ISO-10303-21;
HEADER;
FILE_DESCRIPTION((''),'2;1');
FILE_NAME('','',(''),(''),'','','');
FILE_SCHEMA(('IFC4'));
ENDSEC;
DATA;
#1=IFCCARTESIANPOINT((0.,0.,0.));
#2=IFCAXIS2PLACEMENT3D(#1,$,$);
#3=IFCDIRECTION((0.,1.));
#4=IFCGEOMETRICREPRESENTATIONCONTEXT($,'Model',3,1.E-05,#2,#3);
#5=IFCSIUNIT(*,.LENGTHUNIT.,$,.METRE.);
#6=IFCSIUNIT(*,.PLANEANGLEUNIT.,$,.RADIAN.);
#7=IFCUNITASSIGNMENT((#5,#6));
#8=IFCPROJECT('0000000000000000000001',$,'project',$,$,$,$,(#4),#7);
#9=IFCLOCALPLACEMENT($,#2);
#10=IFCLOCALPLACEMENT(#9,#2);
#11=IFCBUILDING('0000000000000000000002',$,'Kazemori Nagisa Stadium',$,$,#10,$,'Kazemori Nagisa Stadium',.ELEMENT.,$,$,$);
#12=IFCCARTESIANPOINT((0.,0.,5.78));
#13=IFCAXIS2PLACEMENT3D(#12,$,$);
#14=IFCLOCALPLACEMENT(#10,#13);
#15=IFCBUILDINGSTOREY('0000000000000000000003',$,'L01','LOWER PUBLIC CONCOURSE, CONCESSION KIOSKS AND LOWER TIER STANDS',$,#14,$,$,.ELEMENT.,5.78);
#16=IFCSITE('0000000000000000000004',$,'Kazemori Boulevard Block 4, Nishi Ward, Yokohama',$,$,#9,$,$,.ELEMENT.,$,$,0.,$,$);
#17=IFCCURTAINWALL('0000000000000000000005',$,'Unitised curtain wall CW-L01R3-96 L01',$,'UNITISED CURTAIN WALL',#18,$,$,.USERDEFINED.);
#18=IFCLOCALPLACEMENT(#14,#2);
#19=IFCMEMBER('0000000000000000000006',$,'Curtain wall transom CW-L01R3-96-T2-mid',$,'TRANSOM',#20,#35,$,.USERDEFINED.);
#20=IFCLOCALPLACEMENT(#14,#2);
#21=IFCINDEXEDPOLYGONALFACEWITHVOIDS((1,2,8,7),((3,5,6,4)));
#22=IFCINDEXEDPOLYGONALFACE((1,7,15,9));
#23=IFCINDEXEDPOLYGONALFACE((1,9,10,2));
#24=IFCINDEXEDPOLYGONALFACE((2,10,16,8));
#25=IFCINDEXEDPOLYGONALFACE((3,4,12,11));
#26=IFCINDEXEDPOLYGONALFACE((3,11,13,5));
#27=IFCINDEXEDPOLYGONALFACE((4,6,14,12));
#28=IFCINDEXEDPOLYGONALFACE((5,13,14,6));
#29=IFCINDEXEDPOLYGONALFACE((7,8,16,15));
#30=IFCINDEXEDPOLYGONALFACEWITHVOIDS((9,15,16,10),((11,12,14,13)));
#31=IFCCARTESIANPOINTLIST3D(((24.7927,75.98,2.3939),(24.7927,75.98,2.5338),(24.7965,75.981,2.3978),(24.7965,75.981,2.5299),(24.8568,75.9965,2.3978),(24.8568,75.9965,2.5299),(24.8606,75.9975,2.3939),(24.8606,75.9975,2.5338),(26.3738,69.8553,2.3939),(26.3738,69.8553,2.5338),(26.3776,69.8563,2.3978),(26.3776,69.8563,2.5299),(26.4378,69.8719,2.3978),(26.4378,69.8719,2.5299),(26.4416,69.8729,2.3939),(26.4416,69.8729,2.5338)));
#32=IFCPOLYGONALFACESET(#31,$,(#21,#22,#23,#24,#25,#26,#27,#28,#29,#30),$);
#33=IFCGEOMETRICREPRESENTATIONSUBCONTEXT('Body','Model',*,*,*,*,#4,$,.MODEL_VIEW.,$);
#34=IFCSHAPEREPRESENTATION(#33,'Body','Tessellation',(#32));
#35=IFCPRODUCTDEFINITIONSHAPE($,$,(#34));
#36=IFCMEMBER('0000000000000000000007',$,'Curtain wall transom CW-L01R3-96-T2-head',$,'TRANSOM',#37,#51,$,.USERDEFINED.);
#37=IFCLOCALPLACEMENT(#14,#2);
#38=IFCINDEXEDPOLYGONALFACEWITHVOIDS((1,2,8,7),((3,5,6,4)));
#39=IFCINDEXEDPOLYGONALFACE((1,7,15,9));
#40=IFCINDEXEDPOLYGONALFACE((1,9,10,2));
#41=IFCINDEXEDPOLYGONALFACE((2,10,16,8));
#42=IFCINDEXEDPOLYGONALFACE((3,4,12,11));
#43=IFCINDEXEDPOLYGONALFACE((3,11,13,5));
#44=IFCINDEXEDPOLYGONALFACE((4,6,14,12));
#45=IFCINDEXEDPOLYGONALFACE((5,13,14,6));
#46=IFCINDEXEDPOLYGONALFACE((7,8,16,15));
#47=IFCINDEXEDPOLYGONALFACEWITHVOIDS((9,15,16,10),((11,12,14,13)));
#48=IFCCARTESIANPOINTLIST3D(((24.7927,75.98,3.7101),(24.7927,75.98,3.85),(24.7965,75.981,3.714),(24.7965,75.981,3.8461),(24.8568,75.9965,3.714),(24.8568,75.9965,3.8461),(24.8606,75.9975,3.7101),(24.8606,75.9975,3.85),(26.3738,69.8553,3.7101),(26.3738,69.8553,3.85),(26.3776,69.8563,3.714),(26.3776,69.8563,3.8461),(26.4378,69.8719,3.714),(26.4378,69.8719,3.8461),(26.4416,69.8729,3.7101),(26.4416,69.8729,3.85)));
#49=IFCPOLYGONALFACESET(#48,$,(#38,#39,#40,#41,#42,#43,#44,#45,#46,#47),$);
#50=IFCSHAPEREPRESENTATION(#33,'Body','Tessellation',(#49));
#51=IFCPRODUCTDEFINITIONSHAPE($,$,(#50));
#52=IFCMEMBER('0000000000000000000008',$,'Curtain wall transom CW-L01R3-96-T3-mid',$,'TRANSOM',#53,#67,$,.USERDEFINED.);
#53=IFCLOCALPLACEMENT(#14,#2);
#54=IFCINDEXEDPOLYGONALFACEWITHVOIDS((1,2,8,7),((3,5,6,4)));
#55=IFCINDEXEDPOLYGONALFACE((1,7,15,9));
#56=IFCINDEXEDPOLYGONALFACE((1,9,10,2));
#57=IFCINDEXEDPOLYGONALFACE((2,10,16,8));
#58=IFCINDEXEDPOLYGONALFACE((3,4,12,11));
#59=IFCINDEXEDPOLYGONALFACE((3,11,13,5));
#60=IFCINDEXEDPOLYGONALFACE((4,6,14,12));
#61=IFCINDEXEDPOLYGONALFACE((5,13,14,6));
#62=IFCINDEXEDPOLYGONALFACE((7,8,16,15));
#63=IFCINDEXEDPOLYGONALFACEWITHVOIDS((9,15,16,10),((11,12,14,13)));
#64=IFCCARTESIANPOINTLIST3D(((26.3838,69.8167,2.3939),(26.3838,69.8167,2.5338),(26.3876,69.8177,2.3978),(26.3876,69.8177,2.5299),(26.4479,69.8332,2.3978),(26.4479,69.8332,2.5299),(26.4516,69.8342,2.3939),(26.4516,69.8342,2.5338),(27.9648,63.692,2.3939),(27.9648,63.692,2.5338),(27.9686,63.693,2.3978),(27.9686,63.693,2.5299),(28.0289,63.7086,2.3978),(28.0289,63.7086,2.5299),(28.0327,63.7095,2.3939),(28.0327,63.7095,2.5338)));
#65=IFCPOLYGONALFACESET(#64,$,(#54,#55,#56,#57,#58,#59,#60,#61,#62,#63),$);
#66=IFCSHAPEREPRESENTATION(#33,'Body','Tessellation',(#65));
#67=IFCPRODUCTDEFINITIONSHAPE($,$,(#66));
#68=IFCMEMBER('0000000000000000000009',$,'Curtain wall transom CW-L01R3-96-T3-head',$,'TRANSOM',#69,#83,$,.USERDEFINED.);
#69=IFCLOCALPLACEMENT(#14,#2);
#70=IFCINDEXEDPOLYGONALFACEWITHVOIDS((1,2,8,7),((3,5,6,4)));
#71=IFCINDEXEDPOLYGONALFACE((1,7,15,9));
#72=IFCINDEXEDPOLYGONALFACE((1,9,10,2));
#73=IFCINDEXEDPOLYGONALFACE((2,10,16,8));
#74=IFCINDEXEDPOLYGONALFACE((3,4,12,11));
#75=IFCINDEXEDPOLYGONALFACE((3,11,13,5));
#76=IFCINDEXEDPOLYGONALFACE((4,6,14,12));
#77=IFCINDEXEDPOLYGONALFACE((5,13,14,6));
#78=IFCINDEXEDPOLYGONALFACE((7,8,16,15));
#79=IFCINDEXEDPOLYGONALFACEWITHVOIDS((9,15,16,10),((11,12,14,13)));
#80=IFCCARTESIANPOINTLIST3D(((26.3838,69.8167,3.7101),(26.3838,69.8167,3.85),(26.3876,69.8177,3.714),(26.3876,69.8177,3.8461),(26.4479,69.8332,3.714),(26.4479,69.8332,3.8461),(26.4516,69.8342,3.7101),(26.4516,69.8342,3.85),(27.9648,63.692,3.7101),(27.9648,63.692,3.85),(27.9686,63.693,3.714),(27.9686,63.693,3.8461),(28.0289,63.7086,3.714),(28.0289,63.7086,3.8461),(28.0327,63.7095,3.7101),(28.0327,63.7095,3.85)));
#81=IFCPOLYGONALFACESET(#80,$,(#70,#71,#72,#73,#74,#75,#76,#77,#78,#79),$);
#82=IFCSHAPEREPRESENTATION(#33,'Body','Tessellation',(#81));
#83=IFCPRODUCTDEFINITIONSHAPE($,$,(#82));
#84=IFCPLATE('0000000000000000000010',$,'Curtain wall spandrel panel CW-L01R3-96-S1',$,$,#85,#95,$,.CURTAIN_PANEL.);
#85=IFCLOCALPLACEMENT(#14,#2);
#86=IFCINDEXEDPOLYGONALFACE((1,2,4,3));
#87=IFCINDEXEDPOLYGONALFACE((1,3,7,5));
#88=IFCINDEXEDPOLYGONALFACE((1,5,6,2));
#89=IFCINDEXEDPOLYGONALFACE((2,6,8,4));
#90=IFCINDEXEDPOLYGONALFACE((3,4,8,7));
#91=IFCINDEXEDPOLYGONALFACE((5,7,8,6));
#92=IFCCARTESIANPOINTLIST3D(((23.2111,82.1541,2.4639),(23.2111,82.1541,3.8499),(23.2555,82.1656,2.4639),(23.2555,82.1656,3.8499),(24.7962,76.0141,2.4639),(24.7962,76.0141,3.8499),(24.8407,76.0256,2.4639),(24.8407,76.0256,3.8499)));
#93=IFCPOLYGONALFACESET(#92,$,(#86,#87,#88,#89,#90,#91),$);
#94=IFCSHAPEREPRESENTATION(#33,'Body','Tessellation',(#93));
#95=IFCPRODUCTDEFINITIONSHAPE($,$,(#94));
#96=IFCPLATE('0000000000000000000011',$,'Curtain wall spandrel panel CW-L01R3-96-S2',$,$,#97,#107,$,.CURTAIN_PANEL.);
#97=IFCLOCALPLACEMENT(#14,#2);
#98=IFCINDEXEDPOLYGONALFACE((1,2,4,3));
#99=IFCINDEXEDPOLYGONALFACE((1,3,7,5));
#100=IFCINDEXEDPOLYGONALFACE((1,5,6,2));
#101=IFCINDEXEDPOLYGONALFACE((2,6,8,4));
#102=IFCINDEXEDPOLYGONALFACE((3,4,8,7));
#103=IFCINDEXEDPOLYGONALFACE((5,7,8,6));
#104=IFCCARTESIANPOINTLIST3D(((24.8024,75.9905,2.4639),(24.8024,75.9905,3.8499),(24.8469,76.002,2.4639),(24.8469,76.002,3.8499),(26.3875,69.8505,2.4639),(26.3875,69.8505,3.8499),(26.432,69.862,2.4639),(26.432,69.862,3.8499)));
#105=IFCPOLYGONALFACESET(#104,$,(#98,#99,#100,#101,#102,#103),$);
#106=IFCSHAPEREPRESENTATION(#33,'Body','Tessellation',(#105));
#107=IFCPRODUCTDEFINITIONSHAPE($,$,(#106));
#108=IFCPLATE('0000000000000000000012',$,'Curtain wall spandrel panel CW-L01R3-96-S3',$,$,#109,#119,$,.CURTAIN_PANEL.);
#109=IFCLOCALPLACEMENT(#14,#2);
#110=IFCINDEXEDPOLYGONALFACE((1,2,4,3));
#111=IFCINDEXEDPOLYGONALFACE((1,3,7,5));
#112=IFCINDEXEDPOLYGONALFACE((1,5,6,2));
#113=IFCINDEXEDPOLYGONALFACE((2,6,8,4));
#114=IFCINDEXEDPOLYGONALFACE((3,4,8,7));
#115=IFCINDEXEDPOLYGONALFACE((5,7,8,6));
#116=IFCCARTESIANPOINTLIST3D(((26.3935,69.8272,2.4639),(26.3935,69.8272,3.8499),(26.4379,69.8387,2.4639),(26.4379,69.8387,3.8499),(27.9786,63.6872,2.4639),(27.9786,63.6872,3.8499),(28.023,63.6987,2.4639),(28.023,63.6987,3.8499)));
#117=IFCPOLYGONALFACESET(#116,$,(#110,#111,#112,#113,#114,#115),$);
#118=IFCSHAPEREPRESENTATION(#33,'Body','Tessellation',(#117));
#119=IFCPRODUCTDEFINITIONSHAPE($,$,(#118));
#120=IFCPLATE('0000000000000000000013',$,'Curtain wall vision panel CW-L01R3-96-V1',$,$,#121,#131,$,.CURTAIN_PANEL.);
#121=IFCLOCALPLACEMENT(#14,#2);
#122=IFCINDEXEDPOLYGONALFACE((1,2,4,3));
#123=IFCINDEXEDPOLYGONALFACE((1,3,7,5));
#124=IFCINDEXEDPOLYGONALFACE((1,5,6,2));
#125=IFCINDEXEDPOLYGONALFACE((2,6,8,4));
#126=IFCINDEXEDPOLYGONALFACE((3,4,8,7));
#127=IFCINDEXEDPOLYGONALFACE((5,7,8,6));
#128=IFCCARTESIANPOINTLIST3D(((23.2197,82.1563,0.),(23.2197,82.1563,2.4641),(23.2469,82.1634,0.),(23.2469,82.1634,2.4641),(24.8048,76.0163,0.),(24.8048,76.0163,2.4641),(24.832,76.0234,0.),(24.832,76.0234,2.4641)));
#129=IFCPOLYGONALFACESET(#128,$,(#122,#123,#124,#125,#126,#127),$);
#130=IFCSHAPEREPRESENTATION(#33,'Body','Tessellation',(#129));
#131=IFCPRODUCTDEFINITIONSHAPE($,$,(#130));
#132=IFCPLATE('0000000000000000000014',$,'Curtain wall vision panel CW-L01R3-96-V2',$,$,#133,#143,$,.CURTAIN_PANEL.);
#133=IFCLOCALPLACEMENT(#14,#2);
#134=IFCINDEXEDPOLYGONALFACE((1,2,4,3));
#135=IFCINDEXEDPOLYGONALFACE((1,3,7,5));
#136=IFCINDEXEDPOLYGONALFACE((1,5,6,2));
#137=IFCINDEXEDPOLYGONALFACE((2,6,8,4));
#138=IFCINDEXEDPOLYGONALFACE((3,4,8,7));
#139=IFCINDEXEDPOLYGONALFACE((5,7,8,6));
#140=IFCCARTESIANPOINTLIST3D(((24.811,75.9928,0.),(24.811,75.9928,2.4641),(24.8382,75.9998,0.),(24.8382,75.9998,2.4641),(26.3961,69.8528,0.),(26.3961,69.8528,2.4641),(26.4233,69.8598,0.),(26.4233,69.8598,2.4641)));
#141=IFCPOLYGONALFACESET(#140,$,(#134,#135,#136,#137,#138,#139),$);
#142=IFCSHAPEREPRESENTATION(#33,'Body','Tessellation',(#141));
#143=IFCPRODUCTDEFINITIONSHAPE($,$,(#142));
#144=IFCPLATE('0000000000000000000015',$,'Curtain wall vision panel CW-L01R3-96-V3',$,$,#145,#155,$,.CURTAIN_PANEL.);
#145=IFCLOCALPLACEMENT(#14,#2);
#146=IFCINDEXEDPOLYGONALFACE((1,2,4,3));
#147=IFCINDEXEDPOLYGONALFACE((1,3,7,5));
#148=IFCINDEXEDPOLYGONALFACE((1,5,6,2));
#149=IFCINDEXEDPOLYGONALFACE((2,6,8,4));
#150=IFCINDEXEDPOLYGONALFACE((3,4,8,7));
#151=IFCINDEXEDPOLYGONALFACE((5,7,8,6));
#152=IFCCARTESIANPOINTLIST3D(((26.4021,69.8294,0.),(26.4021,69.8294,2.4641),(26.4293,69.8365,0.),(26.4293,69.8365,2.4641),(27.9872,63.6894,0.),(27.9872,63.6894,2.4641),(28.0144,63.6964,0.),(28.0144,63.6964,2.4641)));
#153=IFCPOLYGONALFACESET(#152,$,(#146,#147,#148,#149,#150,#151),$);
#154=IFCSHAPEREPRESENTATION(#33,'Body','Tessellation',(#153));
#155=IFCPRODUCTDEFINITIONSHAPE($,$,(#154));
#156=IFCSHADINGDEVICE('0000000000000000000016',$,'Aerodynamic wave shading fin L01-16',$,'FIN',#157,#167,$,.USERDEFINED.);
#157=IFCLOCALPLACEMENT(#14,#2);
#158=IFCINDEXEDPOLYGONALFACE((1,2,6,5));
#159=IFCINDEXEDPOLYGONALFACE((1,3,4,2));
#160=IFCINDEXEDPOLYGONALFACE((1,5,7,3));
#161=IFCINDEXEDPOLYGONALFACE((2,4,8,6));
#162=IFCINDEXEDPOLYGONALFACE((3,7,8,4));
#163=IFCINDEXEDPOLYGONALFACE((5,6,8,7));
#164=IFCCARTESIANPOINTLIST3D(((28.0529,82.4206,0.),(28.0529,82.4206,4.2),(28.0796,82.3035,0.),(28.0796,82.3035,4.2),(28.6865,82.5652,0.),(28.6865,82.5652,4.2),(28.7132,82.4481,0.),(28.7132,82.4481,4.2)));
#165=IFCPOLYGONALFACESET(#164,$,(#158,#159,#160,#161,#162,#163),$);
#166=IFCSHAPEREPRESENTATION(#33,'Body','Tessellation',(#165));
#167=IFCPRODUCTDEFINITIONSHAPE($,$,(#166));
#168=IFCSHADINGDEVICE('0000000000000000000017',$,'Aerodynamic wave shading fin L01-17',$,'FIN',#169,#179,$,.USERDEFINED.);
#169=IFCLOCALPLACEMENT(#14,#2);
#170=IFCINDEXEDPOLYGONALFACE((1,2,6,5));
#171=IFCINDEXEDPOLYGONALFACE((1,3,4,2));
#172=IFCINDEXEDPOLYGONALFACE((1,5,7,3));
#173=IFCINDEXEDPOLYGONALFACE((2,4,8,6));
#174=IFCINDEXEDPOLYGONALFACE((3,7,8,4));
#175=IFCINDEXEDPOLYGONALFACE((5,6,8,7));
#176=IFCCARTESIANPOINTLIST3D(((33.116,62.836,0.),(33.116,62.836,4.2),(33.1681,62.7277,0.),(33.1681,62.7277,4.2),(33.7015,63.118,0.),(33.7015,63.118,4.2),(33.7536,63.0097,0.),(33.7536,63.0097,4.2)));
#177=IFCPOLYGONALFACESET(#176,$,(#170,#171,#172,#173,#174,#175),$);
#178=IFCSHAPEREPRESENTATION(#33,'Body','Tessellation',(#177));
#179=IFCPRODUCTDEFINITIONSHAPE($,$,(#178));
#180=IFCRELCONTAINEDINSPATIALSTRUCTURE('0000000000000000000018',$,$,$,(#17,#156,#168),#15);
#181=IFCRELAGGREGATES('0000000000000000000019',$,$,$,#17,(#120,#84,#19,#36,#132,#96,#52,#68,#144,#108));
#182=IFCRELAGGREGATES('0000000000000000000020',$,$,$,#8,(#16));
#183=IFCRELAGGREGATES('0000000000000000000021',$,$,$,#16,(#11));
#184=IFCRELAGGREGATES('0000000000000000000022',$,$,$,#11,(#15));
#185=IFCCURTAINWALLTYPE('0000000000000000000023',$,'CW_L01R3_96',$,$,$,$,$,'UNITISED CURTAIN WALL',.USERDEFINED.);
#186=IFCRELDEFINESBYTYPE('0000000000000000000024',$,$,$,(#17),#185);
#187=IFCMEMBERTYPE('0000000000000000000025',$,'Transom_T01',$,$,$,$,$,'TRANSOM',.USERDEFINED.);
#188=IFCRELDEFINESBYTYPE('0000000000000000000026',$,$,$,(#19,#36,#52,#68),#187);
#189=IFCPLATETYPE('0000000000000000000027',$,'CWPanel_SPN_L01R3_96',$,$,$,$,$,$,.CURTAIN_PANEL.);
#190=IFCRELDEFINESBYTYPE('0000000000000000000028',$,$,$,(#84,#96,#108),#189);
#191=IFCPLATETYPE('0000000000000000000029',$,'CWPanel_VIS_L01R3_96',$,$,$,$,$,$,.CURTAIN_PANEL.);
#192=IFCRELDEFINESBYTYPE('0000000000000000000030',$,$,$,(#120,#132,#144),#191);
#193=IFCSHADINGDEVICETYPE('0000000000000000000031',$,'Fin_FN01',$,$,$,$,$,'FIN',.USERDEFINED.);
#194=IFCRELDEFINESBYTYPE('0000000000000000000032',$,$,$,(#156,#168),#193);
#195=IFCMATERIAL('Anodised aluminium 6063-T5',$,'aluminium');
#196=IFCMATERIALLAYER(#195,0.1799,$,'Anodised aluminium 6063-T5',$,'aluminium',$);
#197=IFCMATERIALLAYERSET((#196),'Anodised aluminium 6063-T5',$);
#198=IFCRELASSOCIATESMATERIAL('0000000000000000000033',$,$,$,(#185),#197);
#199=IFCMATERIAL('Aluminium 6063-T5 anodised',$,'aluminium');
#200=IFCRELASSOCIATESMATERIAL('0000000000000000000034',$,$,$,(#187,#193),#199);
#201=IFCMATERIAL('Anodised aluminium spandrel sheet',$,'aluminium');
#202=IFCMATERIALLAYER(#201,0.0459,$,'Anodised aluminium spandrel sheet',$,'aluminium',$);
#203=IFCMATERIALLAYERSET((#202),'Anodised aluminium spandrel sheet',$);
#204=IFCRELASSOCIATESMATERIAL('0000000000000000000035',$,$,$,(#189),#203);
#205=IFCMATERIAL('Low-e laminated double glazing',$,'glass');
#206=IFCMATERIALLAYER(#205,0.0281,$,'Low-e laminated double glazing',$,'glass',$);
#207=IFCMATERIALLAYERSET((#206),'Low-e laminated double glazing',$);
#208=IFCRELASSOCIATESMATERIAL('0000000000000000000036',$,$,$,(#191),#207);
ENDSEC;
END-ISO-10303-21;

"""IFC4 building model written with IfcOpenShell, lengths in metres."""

from ifc_helpers import new_model, si_unit, direction, frame, origin, origin_2d, place, context, subcontext, project, spatial, rectangle, hollow_rectangle, extrude, material, layer, layer_set, material_profile, profile_set, type_object, element, aggregate, save


model = new_model("IFC4")

# Units and contexts
model_context = context("Model", 3, precision=1e-05, world=origin(), true_north=direction((0.0, 1.0)))
body_context = subcontext(model_context, "Body", "Model", "MODEL_VIEW")
ifc_project = project(units=[si_unit("LENGTHUNIT", "METRE"), si_unit("PLANEANGLEUNIT", "RADIAN")], contexts=[model_context])

# Site, building, storey
site_placement = place(None, origin())
site = spatial("IfcSite", under=ifc_project, at=site_placement, Name="Kazemori Boulevard Block 4, Nishi Ward, Yokohama", CompositionType="ELEMENT", RefElevation=0.0)
building_placement = place(site_placement, origin())
building = spatial("IfcBuilding", under=site, at=building_placement, Name="Kazemori Nagisa Stadium", LongName="Kazemori Nagisa Stadium", CompositionType="ELEMENT")
storey_placement = place(building_placement, frame((0.0, 0.0, 5.78)))
storey = spatial("IfcBuildingStorey", under=building, at=storey_placement, Name="L01", Description="LOWER PUBLIC CONCOURSE, CONCESSION KIOSKS AND LOWER TIER STANDS", CompositionType="ELEMENT", Elevation=5.78)

# Curtain wall, members, plates
ifc_material_1 = material(Name="Anodised aluminium 6063-T5", Category="aluminium")
ifc_layer_1 = layer(ifc_material_1, 0.1799, Name="Anodised aluminium 6063-T5", Category="aluminium")
ifc_layer_set_1 = layer_set([ifc_layer_1], Name="Anodised aluminium 6063-T5")
curtain_wall_type = type_object("IfcCurtainWallType", Name="CW_L01R3_96", ElementType="UNITISED CURTAIN WALL", PredefinedType="USERDEFINED", material=ifc_layer_set_1)
curtain_wall_placement = place(storey_placement, origin())
curtain_wall = element("IfcCurtainWall", 1, at=curtain_wall_placement, inside=storey, type_object=curtain_wall_type, Name="Unitised curtain wall CW-L01R3-96 L01", ObjectType="UNITISED CURTAIN WALL", PredefinedType="USERDEFINED")
ifc_material_2 = material(Name="Aluminium 6063-T5 anodised", Category="aluminium")
ifc_material_profile_1 = material_profile(ifc_material_2, hollow_rectangle(XDim=0.0701, YDim=0.1399, WallThickness=0.0039, at=origin_2d()), Name="ALU-TRAN-70x140x4")
ifc_profile_set_1 = profile_set([ifc_material_profile_1], Name="Aluminium 6063-T5 anodised")
member_type_1 = type_object("IfcMemberType", Name="Transom_T01", ElementType="TRANSOM", PredefinedType="USERDEFINED", material=ifc_profile_set_1)
member_1_placement = place(storey_placement, frame((24.8267, 75.9888, 2.4639), z_axis=(0.249948, -0.968259, 0.0), x_axis=(0.968259, 0.249948, 0.0)))
member_1 = element("IfcMember", 2, at=member_1_placement, type_object=member_type_1, Name="Curtain wall transom CW-L01R3-96-T2-mid", ObjectType="TRANSOM", PredefinedType="USERDEFINED", context=body_context, shape_type="SweptSolid", body=[
    extrude(hollow_rectangle(XDim=0.0701, YDim=0.1399, WallThickness=0.0039, at=origin_2d()), origin(), (0.0, 0.0, 1.0), 6.3254),
])
member_2_placement = place(storey_placement, frame((24.8267, 75.9888, 3.78), z_axis=(0.249948, -0.968259, 0.0), x_axis=(0.968259, 0.249948, 0.0)))
member_2 = element("IfcMember", 3, at=member_2_placement, type_object=member_type_1, Name="Curtain wall transom CW-L01R3-96-T2-head", ObjectType="TRANSOM", PredefinedType="USERDEFINED", context=body_context, shape_type="SweptSolid", body=[
    extrude(hollow_rectangle(XDim=0.0701, YDim=0.1399, WallThickness=0.0039, at=origin_2d()), origin(), (0.0, 0.0, 1.0), 6.3254),
])
member_3_placement = place(storey_placement, frame((26.4177, 69.8254, 2.4639), z_axis=(0.249948, -0.968259, 0.0), x_axis=(0.968259, 0.249948, 0.0)))
member_3 = element("IfcMember", 4, at=member_3_placement, type_object=member_type_1, Name="Curtain wall transom CW-L01R3-96-T3-mid", ObjectType="TRANSOM", PredefinedType="USERDEFINED", context=body_context, shape_type="SweptSolid", body=[
    extrude(hollow_rectangle(XDim=0.0701, YDim=0.1399, WallThickness=0.0039, at=origin_2d()), origin(), (0.0, 0.0, 1.0), 6.3254),
])
member_4_placement = place(storey_placement, frame((26.4177, 69.8254, 3.78), z_axis=(0.249948, -0.968259, 0.0), x_axis=(0.968259, 0.249948, 0.0)))
member_4 = element("IfcMember", 5, at=member_4_placement, type_object=member_type_1, Name="Curtain wall transom CW-L01R3-96-T3-head", ObjectType="TRANSOM", PredefinedType="USERDEFINED", context=body_context, shape_type="SweptSolid", body=[
    extrude(hollow_rectangle(XDim=0.0701, YDim=0.1399, WallThickness=0.0039, at=origin_2d()), origin(), (0.0, 0.0, 1.0), 6.3254),
])
ifc_material_3 = material(Name="Anodised aluminium spandrel sheet", Category="aluminium")
ifc_layer_2 = layer(ifc_material_3, 0.0459, Name="Anodised aluminium spandrel sheet", Category="aluminium")
ifc_layer_set_2 = layer_set([ifc_layer_2], Name="Anodised aluminium spandrel sheet")
plate_type_1 = type_object("IfcPlateType", Name="CWPanel_SPN_L01R3_96", PredefinedType="CURTAIN_PANEL", material=ifc_layer_set_2)
plate_1_placement = place(storey_placement, frame((24.0259, 79.0898, 2.4639), z_axis=(0.0, 0.0, 1.0), x_axis=(0.249965, -0.968255, 0.0)))
plate_1 = element("IfcPlate", 6, at=plate_1_placement, type_object=plate_type_1, Name="Curtain wall spandrel panel CW-L01R3-96-S1", PredefinedType="CURTAIN_PANEL", context=body_context, shape_type="SweptSolid", body=[
    extrude(rectangle(XDim=6.3413, YDim=0.0459, at=origin_2d()), origin(), (0.0, 0.0, 1.0), 1.386),
])
plate_2_placement = place(storey_placement, frame((25.6172, 72.9263, 2.4639), z_axis=(0.0, 0.0, 1.0), x_axis=(0.249965, -0.968255, 0.0)))
plate_2 = element("IfcPlate", 7, at=plate_2_placement, type_object=plate_type_1, Name="Curtain wall spandrel panel CW-L01R3-96-S2", PredefinedType="CURTAIN_PANEL", context=body_context, shape_type="SweptSolid", body=[
    extrude(rectangle(XDim=6.3413, YDim=0.0459, at=origin_2d()), origin(), (0.0, 0.0, 1.0), 1.386),
])
plate_3_placement = place(storey_placement, frame((27.2083, 66.7629, 2.4639), z_axis=(0.0, 0.0, 1.0), x_axis=(0.249965, -0.968255, 0.0)))
plate_3 = element("IfcPlate", 8, at=plate_3_placement, type_object=plate_type_1, Name="Curtain wall spandrel panel CW-L01R3-96-S3", PredefinedType="CURTAIN_PANEL", context=body_context, shape_type="SweptSolid", body=[
    extrude(rectangle(XDim=6.3413, YDim=0.0459, at=origin_2d()), origin(), (0.0, 0.0, 1.0), 1.386),
])
ifc_material_4 = material(Name="Low-e laminated double glazing", Category="glass")
ifc_layer_3 = layer(ifc_material_4, 0.0281, Name="Low-e laminated double glazing", Category="glass")
ifc_layer_set_3 = layer_set([ifc_layer_3], Name="Low-e laminated double glazing")
plate_type_2 = type_object("IfcPlateType", Name="CWPanel_VIS_L01R3_96", PredefinedType="CURTAIN_PANEL", material=ifc_layer_set_3)
plate_4_placement = place(storey_placement, frame((24.0259, 79.0898, 0.0), z_axis=(0.0, 0.0, 1.0), x_axis=(0.249965, -0.968255, 0.0)))
plate_4 = element("IfcPlate", 9, at=plate_4_placement, type_object=plate_type_2, Name="Curtain wall vision panel CW-L01R3-96-V1", PredefinedType="CURTAIN_PANEL", context=body_context, shape_type="SweptSolid", body=[
    extrude(rectangle(XDim=6.3413, YDim=0.0281, at=origin_2d()), origin(), (0.0, 0.0, 1.0), 2.4641),
])
plate_5_placement = place(storey_placement, frame((25.6172, 72.9263, 0.0), z_axis=(0.0, 0.0, 1.0), x_axis=(0.249965, -0.968255, 0.0)))
plate_5 = element("IfcPlate", 10, at=plate_5_placement, type_object=plate_type_2, Name="Curtain wall vision panel CW-L01R3-96-V2", PredefinedType="CURTAIN_PANEL", context=body_context, shape_type="SweptSolid", body=[
    extrude(rectangle(XDim=6.3413, YDim=0.0281, at=origin_2d()), origin(), (0.0, 0.0, 1.0), 2.4641),
])
plate_6_placement = place(storey_placement, frame((27.2083, 66.7629, 0.0), z_axis=(0.0, 0.0, 1.0), x_axis=(0.249965, -0.968255, 0.0)))
plate_6 = element("IfcPlate", 11, at=plate_6_placement, type_object=plate_type_2, Name="Curtain wall vision panel CW-L01R3-96-V3", PredefinedType="CURTAIN_PANEL", context=body_context, shape_type="SweptSolid", body=[
    extrude(rectangle(XDim=6.3413, YDim=0.0281, at=origin_2d()), origin(), (0.0, 0.0, 1.0), 2.4641),
])
aggregate(curtain_wall, [plate_4, plate_1, member_1, member_2, plate_5, plate_2, member_3, member_4, plate_6, plate_3])

# Shading devices
shading_device_type = type_object("IfcShadingDeviceType", Name="Fin_FN01", ElementType="FIN", PredefinedType="USERDEFINED", material=ifc_material_2)
for number, where, z_axis, x_axis, name in (
    (12, (28.3831, 82.4343, 0.0), (0.0, 0.0, 1.0), (-0.974928, -0.222521, 0.0), "Aerodynamic wave shading fin L01-16"),
    (13, (33.4348, 62.9229, 0.0), (0.0, 0.0, 1.0), (-0.900969, -0.433884, 0.0), "Aerodynamic wave shading fin L01-17"),
):
    element("IfcShadingDevice", number, at=place(storey_placement, frame(where, z_axis=z_axis, x_axis=x_axis)), inside=storey, type_object=shading_device_type, Name=name, ObjectType="FIN", PredefinedType="USERDEFINED", context=body_context, shape_type="SweptSolid", body=[
        extrude(rectangle(XDim=0.6499, YDim=0.1201, at=origin_2d()), origin(), (0.0, 0.0, 1.0), 4.2),
    ])

save(model, "model.ifc")
